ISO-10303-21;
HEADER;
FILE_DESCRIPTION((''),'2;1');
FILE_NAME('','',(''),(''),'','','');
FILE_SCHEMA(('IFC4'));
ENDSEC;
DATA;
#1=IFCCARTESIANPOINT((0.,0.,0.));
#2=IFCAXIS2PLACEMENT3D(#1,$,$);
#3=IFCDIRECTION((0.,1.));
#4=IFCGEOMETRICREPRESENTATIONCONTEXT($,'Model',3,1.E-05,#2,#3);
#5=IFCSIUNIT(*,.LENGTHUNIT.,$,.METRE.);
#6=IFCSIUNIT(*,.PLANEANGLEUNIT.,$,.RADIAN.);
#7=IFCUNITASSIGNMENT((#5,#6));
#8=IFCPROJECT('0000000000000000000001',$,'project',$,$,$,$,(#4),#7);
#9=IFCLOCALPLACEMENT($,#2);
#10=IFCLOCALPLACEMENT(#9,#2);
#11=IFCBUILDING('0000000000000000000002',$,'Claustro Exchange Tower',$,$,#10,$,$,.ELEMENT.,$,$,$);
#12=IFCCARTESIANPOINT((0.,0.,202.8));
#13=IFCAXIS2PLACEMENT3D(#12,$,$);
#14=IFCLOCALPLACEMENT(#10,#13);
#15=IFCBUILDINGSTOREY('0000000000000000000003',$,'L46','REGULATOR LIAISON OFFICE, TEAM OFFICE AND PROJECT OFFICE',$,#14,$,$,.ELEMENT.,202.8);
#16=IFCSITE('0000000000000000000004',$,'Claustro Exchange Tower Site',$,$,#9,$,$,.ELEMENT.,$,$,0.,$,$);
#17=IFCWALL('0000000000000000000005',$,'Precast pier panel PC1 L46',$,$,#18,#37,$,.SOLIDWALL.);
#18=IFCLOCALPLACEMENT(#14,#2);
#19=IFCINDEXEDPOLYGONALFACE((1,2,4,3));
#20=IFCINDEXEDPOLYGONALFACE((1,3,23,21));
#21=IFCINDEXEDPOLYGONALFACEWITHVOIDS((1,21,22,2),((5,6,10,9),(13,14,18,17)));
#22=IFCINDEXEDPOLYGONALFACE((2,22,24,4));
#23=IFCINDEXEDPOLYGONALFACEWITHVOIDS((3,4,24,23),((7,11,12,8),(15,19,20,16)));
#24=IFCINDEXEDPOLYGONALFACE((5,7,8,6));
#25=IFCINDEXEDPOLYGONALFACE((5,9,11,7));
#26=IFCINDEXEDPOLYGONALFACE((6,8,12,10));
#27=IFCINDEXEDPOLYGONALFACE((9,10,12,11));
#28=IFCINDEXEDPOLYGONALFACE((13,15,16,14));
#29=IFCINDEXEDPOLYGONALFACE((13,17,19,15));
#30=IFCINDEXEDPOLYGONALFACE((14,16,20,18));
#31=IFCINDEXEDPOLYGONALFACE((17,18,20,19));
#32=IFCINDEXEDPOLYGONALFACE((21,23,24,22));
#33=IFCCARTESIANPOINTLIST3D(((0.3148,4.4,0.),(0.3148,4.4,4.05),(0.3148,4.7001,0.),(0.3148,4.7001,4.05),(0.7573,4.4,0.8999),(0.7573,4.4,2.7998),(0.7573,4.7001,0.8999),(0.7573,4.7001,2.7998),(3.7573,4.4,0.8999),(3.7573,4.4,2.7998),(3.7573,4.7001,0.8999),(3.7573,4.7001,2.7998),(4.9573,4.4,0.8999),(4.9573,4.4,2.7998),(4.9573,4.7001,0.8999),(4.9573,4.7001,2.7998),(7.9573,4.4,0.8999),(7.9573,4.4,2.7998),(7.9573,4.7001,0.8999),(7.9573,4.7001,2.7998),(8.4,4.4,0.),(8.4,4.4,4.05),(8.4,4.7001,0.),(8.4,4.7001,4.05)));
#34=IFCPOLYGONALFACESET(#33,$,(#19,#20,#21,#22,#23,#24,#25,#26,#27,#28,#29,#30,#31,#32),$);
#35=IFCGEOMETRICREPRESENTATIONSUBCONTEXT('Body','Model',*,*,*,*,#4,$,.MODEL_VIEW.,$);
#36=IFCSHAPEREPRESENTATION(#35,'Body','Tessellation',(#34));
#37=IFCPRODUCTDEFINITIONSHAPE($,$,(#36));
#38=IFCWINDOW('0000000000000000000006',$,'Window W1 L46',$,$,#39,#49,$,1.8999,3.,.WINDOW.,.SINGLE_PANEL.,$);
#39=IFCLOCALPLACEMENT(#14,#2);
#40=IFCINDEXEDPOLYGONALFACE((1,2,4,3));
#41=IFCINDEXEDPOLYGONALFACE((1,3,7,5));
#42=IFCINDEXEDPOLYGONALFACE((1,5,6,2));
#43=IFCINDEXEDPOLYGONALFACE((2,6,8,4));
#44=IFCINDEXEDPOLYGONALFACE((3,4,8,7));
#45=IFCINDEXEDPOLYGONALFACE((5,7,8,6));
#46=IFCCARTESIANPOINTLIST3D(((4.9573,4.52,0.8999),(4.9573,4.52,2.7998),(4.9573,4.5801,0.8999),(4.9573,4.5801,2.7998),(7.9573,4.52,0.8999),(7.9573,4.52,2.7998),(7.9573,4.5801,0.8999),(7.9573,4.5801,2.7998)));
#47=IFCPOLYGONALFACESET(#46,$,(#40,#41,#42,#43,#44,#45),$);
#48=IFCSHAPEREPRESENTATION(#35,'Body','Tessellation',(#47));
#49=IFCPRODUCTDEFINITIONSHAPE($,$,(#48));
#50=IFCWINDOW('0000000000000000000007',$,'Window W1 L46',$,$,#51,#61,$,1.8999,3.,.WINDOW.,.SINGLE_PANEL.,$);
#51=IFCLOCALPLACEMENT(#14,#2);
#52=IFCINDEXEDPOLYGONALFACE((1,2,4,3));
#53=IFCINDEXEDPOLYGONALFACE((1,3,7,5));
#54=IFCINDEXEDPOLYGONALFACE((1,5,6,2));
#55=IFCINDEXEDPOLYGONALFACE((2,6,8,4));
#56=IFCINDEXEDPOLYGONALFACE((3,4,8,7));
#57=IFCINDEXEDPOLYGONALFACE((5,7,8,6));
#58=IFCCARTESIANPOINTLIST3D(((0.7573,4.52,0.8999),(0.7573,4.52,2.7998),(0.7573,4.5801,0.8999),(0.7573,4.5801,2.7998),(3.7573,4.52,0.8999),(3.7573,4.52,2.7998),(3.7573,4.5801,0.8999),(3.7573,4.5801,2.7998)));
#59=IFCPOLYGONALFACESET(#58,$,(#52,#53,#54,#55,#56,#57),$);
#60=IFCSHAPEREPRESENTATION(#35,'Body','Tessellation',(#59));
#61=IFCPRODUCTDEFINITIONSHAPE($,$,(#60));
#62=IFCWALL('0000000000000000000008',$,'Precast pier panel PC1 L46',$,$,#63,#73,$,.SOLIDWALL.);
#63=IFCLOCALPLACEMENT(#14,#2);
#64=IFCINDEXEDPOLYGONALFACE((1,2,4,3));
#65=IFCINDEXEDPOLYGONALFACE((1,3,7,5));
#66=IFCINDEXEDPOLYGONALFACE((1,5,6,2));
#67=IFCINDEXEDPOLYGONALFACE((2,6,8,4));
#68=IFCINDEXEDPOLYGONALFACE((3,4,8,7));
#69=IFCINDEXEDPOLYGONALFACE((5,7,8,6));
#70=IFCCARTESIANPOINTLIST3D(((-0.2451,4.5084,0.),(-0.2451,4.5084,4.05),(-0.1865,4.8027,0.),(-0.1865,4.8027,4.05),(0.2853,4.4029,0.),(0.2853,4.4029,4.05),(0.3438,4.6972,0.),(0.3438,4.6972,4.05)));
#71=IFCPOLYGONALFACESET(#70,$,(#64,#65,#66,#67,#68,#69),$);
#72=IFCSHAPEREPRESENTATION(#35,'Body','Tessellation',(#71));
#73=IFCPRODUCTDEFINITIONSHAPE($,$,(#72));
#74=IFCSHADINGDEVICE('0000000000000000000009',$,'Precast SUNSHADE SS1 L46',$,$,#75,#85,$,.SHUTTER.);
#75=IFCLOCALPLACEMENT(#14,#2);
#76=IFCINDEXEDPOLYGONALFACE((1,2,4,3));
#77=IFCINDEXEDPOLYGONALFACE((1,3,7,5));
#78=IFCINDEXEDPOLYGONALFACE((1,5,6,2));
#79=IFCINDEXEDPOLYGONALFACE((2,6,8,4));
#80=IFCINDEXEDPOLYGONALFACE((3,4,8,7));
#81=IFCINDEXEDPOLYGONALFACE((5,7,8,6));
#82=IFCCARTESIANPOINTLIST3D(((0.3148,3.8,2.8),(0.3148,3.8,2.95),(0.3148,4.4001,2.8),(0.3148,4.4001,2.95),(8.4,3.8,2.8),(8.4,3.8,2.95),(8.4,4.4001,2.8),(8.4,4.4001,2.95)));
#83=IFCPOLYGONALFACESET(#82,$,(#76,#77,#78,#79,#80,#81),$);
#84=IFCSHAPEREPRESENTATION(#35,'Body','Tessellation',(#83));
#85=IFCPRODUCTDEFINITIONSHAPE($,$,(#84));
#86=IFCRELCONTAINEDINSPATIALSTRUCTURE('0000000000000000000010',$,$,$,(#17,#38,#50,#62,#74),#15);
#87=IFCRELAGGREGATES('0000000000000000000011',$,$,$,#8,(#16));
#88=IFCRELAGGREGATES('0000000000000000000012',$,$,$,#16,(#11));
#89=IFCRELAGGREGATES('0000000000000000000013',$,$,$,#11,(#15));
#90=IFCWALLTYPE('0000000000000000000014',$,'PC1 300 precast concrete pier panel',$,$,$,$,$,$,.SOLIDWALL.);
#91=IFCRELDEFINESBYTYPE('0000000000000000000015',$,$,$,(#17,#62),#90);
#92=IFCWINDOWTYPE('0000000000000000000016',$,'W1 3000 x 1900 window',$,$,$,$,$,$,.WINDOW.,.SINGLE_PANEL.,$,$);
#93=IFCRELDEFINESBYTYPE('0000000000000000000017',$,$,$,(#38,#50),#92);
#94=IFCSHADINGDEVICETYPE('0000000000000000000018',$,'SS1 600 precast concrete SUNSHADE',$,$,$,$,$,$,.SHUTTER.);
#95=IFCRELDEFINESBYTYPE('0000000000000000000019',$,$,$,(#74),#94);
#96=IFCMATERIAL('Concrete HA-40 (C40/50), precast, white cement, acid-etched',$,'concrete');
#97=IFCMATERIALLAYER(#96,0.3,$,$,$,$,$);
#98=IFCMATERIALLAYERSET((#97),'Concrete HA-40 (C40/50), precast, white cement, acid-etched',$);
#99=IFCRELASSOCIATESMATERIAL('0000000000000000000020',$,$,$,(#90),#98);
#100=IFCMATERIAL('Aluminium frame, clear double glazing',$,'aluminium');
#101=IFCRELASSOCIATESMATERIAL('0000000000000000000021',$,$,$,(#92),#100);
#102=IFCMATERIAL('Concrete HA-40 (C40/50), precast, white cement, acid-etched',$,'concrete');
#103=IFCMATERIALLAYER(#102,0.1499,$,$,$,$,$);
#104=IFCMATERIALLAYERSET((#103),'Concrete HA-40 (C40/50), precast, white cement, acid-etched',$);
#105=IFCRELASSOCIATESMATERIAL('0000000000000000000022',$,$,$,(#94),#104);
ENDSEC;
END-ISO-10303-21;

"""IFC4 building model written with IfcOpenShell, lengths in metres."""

from ifc_helpers import new_model, si_unit, direction, frame, frame_2d, origin, origin_2d, place, context, subcontext, project, spatial, rectangle, extrude, material, layer, layer_set, type_object, element, fill, save


model = new_model("IFC4")

# Units and contexts
model_context = context("Model", 3, precision=1e-05, world=origin(), true_north=direction((0.0, 1.0)))
body_context = subcontext(model_context, "Body", "Model", "MODEL_VIEW")
ifc_project = project(units=[si_unit("LENGTHUNIT", "METRE"), si_unit("PLANEANGLEUNIT", "RADIAN")], contexts=[model_context])

# Site, building, storey
site_placement = place(None, origin())
site = spatial("IfcSite", under=ifc_project, at=site_placement, Name="Claustro Exchange Tower Site", CompositionType="ELEMENT", RefElevation=0.0)
building_placement = place(site_placement, origin())
building = spatial("IfcBuilding", under=site, at=building_placement, Name="Claustro Exchange Tower", CompositionType="ELEMENT")
storey_placement = place(building_placement, frame((0.0, 0.0, 202.8)))
storey = spatial("IfcBuildingStorey", under=building, at=storey_placement, Name="L46", Description="REGULATOR LIAISON OFFICE, TEAM OFFICE AND PROJECT OFFICE", CompositionType="ELEMENT", Elevation=202.8)

# Wall, openings, windows
ifc_material_1 = material(Name="Concrete HA-40 (C40/50), precast, white cement, acid-etched", Category="concrete")
ifc_layer_1 = layer(ifc_material_1, 0.3)
ifc_layer_set_1 = layer_set([ifc_layer_1], Name="Concrete HA-40 (C40/50), precast, white cement, acid-etched")
wall_type_1 = type_object("IfcWallType", Name="PC1 300 precast concrete pier panel", PredefinedType="SOLIDWALL", material=ifc_layer_set_1)
wall_1_placement = place(storey_placement, frame((8.3999, 4.55, 0.0), z_axis=(0.0, 0.0, 1.0), x_axis=(-1.0, 0.0, 0.0)))
wall_1 = element("IfcWall", 1, at=wall_1_placement, inside=storey, type_object=wall_type_1, Name="Precast pier panel PC1 L46", PredefinedType="SOLIDWALL", context=body_context, shape_type="SweptSolid", body=[
    extrude(rectangle(XDim=8.0852, YDim=0.3, at=frame_2d((4.0425, 0.0))), origin(), (0.0, 0.0, 1.0), 4.05),
])
opening_1_placement = place(wall_1_placement, frame((0.4426, 0.0, 0.8999)))
opening_1 = element("IfcOpeningElement", 2, at=opening_1_placement, cuts=wall_1, PredefinedType="OPENING", context=body_context, shape_type="SweptSolid", body=[
    extrude(rectangle(XDim=3.0, YDim=1.8999, at=frame_2d((1.5, 0.95))), frame((0.0, 0.1599, 0.0), z_axis=(0.0, -1.0, 0.0), x_axis=(1.0, 0.0, 0.0)), (0.0, 0.0, 1.0), 0.3201),
])
opening_2_placement = place(wall_1_placement, frame((4.6426, 0.0, 0.8999)))
opening_2 = element("IfcOpeningElement", 3, at=opening_2_placement, cuts=wall_1, PredefinedType="OPENING", context=body_context, shape_type="SweptSolid", body=[
    extrude(rectangle(XDim=3.0, YDim=1.8999, at=frame_2d((1.5, 0.95))), frame((0.0, 0.1599, 0.0), z_axis=(0.0, -1.0, 0.0), x_axis=(1.0, 0.0, 0.0)), (0.0, 0.0, 1.0), 0.3201),
])
ifc_material_2 = material(Name="Aluminium frame, clear double glazing", Category="aluminium")
window_type = type_object("IfcWindowType", Name="W1 3000 x 1900 window", PartitioningType="SINGLE_PANEL", PredefinedType="WINDOW", material=ifc_material_2)
window_1_placement = place(opening_1_placement, origin())
window_1 = element("IfcWindow", 4, at=window_1_placement, inside=storey, type_object=window_type, Name="Window W1 L46", OverallHeight=1.8999, OverallWidth=3.0, PartitioningType="SINGLE_PANEL", PredefinedType="WINDOW", context=body_context, shape_type="SweptSolid", body=[
    extrude(rectangle(XDim=3.0, YDim=1.8999, at=frame_2d((1.5, 0.95))), frame((0.0, 0.03, 0.0), z_axis=(0.0, -1.0, 0.0), x_axis=(1.0, 0.0, 0.0)), (0.0, 0.0, 1.0), 0.0601),
])
fill(opening_1, window_1)
window_2_placement = place(opening_2_placement, origin())
window_2 = element("IfcWindow", 5, at=window_2_placement, inside=storey, type_object=window_type, Name="Window W1 L46", OverallHeight=1.8999, OverallWidth=3.0, PartitioningType="SINGLE_PANEL", PredefinedType="WINDOW", context=body_context, shape_type="SweptSolid", body=[
    extrude(rectangle(XDim=3.0, YDim=1.8999, at=frame_2d((1.5, 0.95))), frame((0.0, 0.03, 0.0), z_axis=(0.0, -1.0, 0.0), x_axis=(1.0, 0.0, 0.0)), (0.0, 0.0, 1.0), 0.0601),
])
fill(opening_2, window_2)

# Wall
wall_2_placement = place(storey_placement, frame((0.3147, 4.55, 0.0), z_axis=(0.0, 0.0, 1.0), x_axis=(-0.980789, 0.195074, 0.0)))
element("IfcWall", 6, at=wall_2_placement, inside=storey, type_object=wall_type_1, Name="Precast pier panel PC1 L46", PredefinedType="SOLIDWALL", context=body_context, shape_type="SweptSolid", body=[
    extrude(rectangle(XDim=0.5408, YDim=0.3, at=frame_2d((0.2705, 0.0))), origin(), (0.0, 0.0, 1.0), 4.05),
])

# Shading device
ifc_material_3 = material(Name="Concrete HA-40 (C40/50), precast, white cement, acid-etched", Category="concrete")
ifc_layer_2 = layer(ifc_material_3, 0.1499)
ifc_layer_set_2 = layer_set([ifc_layer_2], Name="Concrete HA-40 (C40/50), precast, white cement, acid-etched")
shading_device_type = type_object("IfcShadingDeviceType", Name="SS1 600 precast concrete SUNSHADE", PredefinedType="SHUTTER", material=ifc_layer_set_2)
shading_device_placement = place(storey_placement, frame((4.3574, 4.1001, 2.8), z_axis=(0.0, 0.0, 1.0), x_axis=(-1.0, 0.0, 0.0)))
element("IfcShadingDevice", 7, at=shading_device_placement, inside=storey, type_object=shading_device_type, Name="Precast SUNSHADE SS1 L46", PredefinedType="SHUTTER", context=body_context, shape_type="SweptSolid", body=[
    extrude(rectangle(XDim=8.0852, YDim=0.6001, at=origin_2d()), origin(), (0.0, 0.0, 1.0), 0.1499),
])

save(model, "model.ifc")
